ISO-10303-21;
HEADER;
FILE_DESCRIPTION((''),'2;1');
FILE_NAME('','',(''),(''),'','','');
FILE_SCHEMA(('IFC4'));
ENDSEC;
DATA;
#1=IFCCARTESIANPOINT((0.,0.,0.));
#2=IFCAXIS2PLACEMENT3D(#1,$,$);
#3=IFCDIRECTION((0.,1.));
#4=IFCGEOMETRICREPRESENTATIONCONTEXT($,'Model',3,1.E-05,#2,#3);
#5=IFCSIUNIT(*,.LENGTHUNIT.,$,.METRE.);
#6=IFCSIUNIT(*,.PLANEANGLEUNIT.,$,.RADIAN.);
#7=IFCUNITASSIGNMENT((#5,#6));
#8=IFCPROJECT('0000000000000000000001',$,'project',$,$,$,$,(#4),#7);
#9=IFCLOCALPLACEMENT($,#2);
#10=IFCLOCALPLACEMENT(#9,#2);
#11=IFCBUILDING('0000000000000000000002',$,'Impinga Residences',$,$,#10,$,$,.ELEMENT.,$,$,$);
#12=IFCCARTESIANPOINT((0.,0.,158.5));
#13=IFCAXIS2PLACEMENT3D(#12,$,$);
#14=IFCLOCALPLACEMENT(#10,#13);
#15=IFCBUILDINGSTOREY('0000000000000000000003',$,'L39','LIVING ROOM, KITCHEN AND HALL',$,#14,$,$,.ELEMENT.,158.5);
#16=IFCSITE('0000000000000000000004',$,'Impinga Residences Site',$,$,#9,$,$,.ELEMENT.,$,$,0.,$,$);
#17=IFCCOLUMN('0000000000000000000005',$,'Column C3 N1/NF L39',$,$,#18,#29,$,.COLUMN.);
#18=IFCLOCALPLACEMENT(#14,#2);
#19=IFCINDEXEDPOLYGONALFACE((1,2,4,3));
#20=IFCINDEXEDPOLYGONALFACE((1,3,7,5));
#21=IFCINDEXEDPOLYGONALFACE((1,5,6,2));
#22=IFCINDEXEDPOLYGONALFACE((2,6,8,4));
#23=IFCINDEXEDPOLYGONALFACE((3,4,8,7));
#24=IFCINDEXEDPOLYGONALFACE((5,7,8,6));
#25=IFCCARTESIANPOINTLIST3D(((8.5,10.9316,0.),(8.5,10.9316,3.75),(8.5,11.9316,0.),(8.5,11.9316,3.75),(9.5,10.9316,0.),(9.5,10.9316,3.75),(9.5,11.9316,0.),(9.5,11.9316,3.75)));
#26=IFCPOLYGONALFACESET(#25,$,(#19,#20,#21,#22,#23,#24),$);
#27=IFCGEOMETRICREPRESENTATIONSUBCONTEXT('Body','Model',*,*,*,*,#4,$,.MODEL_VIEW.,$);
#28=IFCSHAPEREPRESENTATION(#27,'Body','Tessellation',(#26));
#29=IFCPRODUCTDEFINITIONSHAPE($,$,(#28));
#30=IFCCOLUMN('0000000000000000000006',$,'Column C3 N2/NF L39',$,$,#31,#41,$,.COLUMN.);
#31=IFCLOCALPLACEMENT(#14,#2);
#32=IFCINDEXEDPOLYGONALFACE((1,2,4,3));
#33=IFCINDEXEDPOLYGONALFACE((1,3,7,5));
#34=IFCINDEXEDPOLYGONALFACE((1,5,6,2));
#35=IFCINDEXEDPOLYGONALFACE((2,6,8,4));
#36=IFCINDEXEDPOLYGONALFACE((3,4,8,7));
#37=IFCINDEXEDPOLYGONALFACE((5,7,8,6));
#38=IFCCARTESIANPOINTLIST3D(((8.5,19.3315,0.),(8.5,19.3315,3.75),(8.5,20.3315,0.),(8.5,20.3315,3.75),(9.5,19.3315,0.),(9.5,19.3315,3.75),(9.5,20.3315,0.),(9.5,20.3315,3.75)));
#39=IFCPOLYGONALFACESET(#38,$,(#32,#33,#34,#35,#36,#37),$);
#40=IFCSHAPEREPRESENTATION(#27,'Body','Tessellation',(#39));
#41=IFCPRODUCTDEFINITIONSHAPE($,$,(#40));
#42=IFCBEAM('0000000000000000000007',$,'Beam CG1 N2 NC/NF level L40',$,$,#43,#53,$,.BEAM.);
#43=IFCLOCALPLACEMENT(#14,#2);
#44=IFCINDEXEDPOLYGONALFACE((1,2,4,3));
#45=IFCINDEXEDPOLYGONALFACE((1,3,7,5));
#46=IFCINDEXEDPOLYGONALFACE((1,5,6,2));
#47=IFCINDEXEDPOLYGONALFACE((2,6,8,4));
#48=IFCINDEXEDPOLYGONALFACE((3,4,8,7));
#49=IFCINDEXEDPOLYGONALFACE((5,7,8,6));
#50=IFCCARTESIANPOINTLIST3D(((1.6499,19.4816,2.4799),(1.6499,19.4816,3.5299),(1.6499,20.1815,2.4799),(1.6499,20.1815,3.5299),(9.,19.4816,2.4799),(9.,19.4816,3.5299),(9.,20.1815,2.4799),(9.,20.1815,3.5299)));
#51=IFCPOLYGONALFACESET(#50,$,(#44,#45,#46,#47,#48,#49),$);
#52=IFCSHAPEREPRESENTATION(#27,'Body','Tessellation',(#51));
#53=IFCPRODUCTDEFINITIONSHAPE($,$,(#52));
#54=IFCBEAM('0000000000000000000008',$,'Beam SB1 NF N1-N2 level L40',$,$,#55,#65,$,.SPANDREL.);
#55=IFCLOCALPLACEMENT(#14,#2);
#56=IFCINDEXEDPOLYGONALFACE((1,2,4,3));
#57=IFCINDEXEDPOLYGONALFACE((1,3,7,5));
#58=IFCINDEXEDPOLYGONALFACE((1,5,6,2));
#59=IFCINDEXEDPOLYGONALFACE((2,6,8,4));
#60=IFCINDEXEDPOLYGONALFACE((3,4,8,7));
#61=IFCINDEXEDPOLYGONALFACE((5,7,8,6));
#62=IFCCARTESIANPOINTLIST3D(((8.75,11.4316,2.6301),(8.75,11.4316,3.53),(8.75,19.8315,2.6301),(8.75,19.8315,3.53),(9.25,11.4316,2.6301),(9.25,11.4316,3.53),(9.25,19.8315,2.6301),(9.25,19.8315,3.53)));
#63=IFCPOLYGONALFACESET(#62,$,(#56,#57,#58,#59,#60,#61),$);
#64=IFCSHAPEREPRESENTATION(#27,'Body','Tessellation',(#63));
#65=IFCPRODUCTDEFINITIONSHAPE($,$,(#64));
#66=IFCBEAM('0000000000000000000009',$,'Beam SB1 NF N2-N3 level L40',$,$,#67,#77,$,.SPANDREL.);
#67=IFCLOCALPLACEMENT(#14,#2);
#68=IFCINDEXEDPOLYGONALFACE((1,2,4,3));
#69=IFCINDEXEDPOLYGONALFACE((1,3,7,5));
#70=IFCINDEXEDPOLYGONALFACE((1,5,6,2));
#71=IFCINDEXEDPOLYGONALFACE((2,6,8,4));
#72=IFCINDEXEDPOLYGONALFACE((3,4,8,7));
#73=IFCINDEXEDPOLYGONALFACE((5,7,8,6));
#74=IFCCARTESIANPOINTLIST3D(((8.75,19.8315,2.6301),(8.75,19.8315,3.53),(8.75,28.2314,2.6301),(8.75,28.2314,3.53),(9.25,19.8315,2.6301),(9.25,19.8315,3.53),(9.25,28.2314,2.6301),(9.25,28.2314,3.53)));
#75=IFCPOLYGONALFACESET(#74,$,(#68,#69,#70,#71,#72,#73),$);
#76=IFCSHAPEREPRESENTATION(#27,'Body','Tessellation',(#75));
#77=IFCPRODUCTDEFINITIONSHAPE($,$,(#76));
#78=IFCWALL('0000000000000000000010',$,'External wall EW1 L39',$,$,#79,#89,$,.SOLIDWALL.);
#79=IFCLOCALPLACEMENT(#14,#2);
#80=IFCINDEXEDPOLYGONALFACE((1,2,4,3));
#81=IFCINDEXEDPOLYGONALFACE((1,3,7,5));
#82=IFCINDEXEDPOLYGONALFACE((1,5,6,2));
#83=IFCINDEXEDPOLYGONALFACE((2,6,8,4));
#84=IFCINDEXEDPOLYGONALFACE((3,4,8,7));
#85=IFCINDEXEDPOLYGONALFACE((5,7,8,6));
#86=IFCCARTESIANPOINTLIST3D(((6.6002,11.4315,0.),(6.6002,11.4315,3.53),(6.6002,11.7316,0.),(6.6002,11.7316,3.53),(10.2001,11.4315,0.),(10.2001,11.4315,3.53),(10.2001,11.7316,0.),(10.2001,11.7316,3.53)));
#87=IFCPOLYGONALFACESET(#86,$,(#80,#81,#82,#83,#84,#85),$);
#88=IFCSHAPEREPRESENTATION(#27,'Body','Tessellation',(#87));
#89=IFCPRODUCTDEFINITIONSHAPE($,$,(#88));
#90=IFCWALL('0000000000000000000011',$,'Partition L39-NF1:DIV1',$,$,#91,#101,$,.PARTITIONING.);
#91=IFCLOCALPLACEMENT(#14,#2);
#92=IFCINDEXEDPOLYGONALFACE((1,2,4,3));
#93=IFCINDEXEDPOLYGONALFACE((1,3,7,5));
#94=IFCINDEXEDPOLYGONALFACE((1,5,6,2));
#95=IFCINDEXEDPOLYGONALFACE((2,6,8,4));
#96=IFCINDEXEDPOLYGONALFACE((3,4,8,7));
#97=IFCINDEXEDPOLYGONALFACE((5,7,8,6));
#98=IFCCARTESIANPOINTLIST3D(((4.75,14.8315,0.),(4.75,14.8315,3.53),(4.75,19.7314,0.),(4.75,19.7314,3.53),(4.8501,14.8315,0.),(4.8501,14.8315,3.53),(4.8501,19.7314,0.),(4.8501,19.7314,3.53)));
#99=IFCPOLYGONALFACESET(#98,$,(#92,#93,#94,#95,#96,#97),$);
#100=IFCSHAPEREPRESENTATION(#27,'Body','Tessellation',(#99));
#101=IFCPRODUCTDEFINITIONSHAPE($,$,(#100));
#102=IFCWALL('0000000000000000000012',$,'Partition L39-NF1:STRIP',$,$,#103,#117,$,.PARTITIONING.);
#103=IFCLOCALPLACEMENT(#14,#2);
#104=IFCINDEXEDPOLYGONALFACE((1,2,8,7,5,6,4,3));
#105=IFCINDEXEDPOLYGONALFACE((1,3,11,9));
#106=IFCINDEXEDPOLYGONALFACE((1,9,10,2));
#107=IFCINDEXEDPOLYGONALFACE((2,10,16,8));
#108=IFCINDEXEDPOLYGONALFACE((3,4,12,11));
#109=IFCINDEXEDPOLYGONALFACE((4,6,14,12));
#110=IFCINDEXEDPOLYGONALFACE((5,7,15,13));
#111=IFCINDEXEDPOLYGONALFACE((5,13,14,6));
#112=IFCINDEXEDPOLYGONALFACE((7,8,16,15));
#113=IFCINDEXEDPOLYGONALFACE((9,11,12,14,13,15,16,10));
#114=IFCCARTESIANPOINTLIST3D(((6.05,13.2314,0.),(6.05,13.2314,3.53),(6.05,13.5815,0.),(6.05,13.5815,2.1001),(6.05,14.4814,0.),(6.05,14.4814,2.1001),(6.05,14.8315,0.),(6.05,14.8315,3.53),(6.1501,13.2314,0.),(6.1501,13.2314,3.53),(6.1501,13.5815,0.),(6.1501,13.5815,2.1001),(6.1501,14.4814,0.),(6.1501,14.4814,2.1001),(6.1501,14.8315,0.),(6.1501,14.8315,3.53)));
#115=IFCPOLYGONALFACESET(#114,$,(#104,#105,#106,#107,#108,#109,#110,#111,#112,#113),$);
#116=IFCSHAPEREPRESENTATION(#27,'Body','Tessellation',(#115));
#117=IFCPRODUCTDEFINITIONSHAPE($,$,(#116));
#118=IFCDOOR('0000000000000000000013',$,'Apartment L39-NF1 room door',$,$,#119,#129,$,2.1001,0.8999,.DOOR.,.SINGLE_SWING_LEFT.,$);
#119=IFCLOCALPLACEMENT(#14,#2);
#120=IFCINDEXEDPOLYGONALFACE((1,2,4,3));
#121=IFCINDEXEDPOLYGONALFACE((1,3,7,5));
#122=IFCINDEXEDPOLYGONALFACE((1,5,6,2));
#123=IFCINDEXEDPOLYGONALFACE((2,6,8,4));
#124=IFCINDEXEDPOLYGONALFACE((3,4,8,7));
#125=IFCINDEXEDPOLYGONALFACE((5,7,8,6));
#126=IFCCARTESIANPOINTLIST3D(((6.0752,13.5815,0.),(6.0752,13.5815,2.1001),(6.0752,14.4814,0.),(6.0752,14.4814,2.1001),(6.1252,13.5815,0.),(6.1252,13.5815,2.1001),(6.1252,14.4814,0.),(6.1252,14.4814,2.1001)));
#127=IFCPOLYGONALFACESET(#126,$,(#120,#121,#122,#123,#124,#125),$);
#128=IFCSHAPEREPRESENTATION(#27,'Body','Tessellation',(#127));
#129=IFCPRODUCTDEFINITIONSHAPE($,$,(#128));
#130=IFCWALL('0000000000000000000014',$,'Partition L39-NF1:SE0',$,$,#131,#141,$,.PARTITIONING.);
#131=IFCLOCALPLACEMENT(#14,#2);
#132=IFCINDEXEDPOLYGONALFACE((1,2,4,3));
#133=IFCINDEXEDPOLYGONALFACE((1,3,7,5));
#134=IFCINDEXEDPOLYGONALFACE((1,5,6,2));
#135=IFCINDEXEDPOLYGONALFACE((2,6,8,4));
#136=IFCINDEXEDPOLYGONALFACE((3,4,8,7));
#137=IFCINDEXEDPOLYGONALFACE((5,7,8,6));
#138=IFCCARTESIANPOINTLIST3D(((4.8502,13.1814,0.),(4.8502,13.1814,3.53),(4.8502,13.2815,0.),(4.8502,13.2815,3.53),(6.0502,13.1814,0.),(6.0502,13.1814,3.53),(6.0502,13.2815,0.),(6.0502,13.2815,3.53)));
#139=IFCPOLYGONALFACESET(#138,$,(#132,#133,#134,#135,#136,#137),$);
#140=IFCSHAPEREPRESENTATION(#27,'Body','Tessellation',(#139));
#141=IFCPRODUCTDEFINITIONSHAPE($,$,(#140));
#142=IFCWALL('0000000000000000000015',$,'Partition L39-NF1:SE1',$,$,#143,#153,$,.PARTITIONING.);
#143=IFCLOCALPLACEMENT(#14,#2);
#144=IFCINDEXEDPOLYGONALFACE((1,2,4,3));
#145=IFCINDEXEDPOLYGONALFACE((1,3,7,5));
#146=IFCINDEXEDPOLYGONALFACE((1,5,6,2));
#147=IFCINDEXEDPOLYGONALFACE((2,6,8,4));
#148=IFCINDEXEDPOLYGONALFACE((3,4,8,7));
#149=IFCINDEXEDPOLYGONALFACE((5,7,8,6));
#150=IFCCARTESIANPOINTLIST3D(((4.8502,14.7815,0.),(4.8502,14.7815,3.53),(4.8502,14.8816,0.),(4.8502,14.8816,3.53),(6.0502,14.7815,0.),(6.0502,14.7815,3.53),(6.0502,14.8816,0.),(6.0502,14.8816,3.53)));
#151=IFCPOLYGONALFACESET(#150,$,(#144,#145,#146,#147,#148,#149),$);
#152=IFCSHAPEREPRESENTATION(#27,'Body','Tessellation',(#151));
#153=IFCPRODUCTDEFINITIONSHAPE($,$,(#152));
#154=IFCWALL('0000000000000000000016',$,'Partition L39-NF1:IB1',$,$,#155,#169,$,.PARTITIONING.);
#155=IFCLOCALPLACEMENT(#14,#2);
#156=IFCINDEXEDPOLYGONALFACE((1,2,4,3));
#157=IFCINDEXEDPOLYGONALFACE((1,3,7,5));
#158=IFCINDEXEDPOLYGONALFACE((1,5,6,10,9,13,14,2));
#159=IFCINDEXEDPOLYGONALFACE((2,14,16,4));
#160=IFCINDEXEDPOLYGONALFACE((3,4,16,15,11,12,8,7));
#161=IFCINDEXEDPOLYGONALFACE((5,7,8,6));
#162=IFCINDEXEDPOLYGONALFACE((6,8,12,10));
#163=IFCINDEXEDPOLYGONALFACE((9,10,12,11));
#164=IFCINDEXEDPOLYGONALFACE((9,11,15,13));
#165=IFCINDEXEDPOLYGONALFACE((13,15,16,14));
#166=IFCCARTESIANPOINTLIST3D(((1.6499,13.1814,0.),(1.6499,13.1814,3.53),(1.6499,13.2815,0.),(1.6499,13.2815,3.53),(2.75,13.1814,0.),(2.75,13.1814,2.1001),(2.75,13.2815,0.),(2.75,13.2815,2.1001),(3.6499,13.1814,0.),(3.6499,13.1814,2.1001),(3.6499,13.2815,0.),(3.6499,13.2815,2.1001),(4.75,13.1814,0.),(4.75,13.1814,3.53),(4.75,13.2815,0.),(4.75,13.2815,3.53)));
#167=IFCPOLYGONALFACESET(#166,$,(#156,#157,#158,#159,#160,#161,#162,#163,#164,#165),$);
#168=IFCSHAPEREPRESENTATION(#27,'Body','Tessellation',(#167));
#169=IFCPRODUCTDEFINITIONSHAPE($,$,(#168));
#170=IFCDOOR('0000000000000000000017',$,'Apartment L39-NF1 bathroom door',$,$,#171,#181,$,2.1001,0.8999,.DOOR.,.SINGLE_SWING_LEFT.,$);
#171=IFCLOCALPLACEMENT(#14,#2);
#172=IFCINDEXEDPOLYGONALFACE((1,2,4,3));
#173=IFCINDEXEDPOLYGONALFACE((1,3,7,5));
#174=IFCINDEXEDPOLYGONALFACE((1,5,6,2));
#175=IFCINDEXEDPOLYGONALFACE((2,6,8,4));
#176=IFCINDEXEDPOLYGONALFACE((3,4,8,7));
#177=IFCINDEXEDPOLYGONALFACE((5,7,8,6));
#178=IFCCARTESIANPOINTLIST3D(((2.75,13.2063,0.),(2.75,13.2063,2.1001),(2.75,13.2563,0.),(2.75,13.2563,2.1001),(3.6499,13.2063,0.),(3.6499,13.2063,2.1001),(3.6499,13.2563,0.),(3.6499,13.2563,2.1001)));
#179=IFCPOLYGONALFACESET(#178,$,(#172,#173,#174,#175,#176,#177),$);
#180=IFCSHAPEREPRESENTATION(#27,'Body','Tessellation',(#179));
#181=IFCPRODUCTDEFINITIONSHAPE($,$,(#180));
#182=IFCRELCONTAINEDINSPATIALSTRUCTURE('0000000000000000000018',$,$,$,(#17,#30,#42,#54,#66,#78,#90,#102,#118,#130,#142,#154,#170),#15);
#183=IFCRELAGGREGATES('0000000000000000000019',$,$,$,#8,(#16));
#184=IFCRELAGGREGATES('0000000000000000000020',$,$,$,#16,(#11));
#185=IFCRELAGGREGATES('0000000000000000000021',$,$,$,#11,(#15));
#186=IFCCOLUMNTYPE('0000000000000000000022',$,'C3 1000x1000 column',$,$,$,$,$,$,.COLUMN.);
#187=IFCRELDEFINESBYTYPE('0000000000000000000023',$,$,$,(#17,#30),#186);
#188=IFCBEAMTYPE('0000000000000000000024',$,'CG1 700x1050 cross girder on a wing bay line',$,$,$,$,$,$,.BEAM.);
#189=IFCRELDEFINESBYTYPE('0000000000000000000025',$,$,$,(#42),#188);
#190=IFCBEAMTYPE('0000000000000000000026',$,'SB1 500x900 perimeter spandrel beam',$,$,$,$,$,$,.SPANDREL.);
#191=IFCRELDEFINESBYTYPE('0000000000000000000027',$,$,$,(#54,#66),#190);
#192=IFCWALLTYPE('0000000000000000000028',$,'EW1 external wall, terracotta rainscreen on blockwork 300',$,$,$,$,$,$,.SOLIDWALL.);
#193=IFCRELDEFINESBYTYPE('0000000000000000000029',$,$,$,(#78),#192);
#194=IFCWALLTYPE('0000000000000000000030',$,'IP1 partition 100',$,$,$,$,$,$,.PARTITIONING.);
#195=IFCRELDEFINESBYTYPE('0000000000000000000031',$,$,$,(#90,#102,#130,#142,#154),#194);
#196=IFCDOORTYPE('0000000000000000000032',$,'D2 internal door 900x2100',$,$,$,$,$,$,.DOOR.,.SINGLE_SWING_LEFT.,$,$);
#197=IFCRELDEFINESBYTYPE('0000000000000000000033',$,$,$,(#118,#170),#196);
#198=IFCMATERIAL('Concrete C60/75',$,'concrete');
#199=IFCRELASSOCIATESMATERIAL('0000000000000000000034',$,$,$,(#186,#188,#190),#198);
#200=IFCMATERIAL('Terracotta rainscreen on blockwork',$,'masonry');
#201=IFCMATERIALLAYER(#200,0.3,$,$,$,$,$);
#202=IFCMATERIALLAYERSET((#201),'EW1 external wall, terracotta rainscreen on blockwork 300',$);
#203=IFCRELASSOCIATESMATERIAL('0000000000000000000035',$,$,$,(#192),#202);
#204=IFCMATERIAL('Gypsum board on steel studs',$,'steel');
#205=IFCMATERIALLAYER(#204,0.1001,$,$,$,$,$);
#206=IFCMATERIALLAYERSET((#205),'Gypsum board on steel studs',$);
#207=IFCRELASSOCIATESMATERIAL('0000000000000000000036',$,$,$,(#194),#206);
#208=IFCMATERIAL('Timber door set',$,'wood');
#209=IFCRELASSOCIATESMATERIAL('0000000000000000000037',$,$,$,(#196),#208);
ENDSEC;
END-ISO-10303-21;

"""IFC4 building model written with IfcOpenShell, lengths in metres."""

from ifc_helpers import new_model, si_unit, direction, frame, frame_2d, origin, origin_2d, place, context, subcontext, project, spatial, rectangle, extrude, material, layer, layer_set, material_profile, profile_set, type_object, element, fill, save


model = new_model("IFC4")

# Units and contexts
model_context = context("Model", 3, precision=1e-05, world=origin(), true_north=direction((0.0, 1.0)))
body_context = subcontext(model_context, "Body", "Model", "MODEL_VIEW")
ifc_project = project(units=[si_unit("LENGTHUNIT", "METRE"), si_unit("PLANEANGLEUNIT", "RADIAN")], contexts=[model_context])

# Site, building, storey
site_placement = place(None, origin())
site = spatial("IfcSite", under=ifc_project, at=site_placement, Name="Impinga Residences Site", CompositionType="ELEMENT", RefElevation=0.0)
building_placement = place(site_placement, origin())
building = spatial("IfcBuilding", under=site, at=building_placement, Name="Impinga Residences", CompositionType="ELEMENT")
storey_placement = place(building_placement, frame((0.0, 0.0, 158.5)))
storey = spatial("IfcBuildingStorey", under=building, at=storey_placement, Name="L39", Description="LIVING ROOM, KITCHEN AND HALL", CompositionType="ELEMENT", Elevation=158.5)

# Columns
ifc_material_1 = material(Name="Concrete C60/75", Category="concrete")
ifc_material_profile_1 = material_profile(ifc_material_1, rectangle(XDim=1.0, YDim=1.0, at=origin_2d()), Name="RC 1000x1000")
ifc_profile_set_1 = profile_set([ifc_material_profile_1], Name="Concrete C60/75")
column_type = type_object("IfcColumnType", Name="C3 1000x1000 column", PredefinedType="COLUMN", material=ifc_profile_set_1)
for number, where, z_axis, x_axis, name in (
    (1, (9.0, 11.4316, 0.0), (0.0, 0.0, 1.0), (1.0, 0.0, 0.0), "Column C3 N1/NF L39"),
    (2, (9.0, 19.8315, 0.0), (0.0, 0.0, 1.0), (1.0, 0.0, 0.0), "Column C3 N2/NF L39"),
):
    element("IfcColumn", number, at=place(storey_placement, frame(where, z_axis=z_axis, x_axis=x_axis)), inside=storey, type_object=column_type, Name=name, PredefinedType="COLUMN", context=body_context, shape_type="SweptSolid", body=[
        extrude(rectangle(XDim=1.0, YDim=1.0, at=origin_2d()), origin(), (0.0, 0.0, 1.0), 3.75),
    ])

# Beams
ifc_material_profile_2 = material_profile(ifc_material_1, rectangle(XDim=0.7, YDim=1.05, at=origin_2d()), Name="RC 700x1050")
ifc_profile_set_2 = profile_set([ifc_material_profile_2], Name="Concrete C60/75")
beam_type_1 = type_object("IfcBeamType", Name="CG1 700x1050 cross girder on a wing bay line", PredefinedType="BEAM", material=ifc_profile_set_2)
beam_placement = place(storey_placement, frame((1.6499, 19.8315, 3.0049), z_axis=(1.0, 0.0, 0.0), x_axis=(0.0, 1.0, 0.0)))
element("IfcBeam", 3, at=beam_placement, inside=storey, type_object=beam_type_1, Name="Beam CG1 N2 NC/NF level L40", PredefinedType="BEAM", context=body_context, shape_type="SweptSolid", body=[
    extrude(rectangle(XDim=0.7, YDim=1.05, at=origin_2d()), origin(), (0.0, 0.0, 1.0), 7.3501),
])
ifc_material_profile_3 = material_profile(ifc_material_1, rectangle(XDim=0.5, YDim=0.8999, at=origin_2d()), Name="RC 500x900")
ifc_profile_set_3 = profile_set([ifc_material_profile_3], Name="Concrete C60/75")
beam_type_2 = type_object("IfcBeamType", Name="SB1 500x900 perimeter spandrel beam", PredefinedType="SPANDREL", material=ifc_profile_set_3)
for number, where, z_axis, x_axis, name in (
    (4, (9.0, 11.4316, 3.0801), (0.0, 1.0, 0.0), (-1.0, 0.0, 0.0), "Beam SB1 NF N1-N2 level L40"),
    (5, (9.0, 19.8315, 3.0801), (0.0, 1.0, 0.0), (-1.0, 0.0, 0.0), "Beam SB1 NF N2-N3 level L40"),
):
    element("IfcBeam", number, at=place(storey_placement, frame(where, z_axis=z_axis, x_axis=x_axis)), inside=storey, type_object=beam_type_2, Name=name, PredefinedType="SPANDREL", context=body_context, shape_type="SweptSolid", body=[
        extrude(rectangle(XDim=0.5, YDim=0.8999, at=origin_2d()), origin(), (0.0, 0.0, 1.0), 8.3999),
    ])

# Walls
ifc_material_2 = material(Name="Terracotta rainscreen on blockwork", Category="masonry")
ifc_layer_1 = layer(ifc_material_2, 0.3)
ifc_layer_set_1 = layer_set([ifc_layer_1], Name="EW1 external wall, terracotta rainscreen on blockwork 300")
wall_type_1 = type_object("IfcWallType", Name="EW1 external wall, terracotta rainscreen on blockwork 300", PredefinedType="SOLIDWALL", material=ifc_layer_set_1)
wall_1_placement = place(storey_placement, frame((10.2, 11.5815, 0.0), z_axis=(0.0, 0.0, 1.0), x_axis=(-1.0, 0.0, 0.0)))
element("IfcWall", 6, at=wall_1_placement, inside=storey, type_object=wall_type_1, Name="External wall EW1 L39", PredefinedType="SOLIDWALL", context=body_context, shape_type="SweptSolid", body=[
    extrude(rectangle(XDim=3.5999, YDim=0.3, at=frame_2d((1.7998, 0.0))), origin(), (0.0, 0.0, 1.0), 3.53),
])
ifc_material_3 = material(Name="Gypsum board on steel studs", Category="steel")
ifc_layer_2 = layer(ifc_material_3, 0.1001)
ifc_layer_set_2 = layer_set([ifc_layer_2], Name="Gypsum board on steel studs")
wall_type_2 = type_object("IfcWallType", Name="IP1 partition 100", PredefinedType="PARTITIONING", material=ifc_layer_set_2)
wall_2_placement = place(storey_placement, frame((4.8, 14.8315, 0.0), z_axis=(0.0, 0.0, 1.0), x_axis=(0.0, 1.0, 0.0)))
element("IfcWall", 7, at=wall_2_placement, inside=storey, type_object=wall_type_2, Name="Partition L39-NF1:DIV1", PredefinedType="PARTITIONING", context=body_context, shape_type="SweptSolid", body=[
    extrude(rectangle(XDim=4.8999, YDim=0.1001, at=frame_2d((2.45, 0.0))), origin(), (0.0, 0.0, 1.0), 3.53),
])

# Wall, opening, door
wall_3_placement = place(storey_placement, frame((6.1001, 13.2314, 0.0), z_axis=(0.0, 0.0, 1.0), x_axis=(0.0, 1.0, 0.0)))
wall_3 = element("IfcWall", 8, at=wall_3_placement, inside=storey, type_object=wall_type_2, Name="Partition L39-NF1:STRIP", PredefinedType="PARTITIONING", context=body_context, shape_type="SweptSolid", body=[
    extrude(rectangle(XDim=1.6001, YDim=0.1001, at=frame_2d((0.8, 0.0))), origin(), (0.0, 0.0, 1.0), 3.53),
])
opening_1_placement = place(wall_3_placement, frame((0.3501, 0.0, 0.0)))
opening_1 = element("IfcOpeningElement", 9, at=opening_1_placement, cuts=wall_3, PredefinedType="OPENING", context=body_context, shape_type="SweptSolid", body=[
    extrude(rectangle(XDim=0.8999, YDim=2.1001, at=frame_2d((0.45, 1.05))), frame((0.0, 0.0601, 0.0), z_axis=(0.0, -1.0, 0.0), x_axis=(1.0, 0.0, 0.0)), (0.0, 0.0, 1.0), 0.1201),
])
ifc_material_4 = material(Name="Timber door set", Category="wood")
door_type = type_object("IfcDoorType", Name="D2 internal door 900x2100", OperationType="SINGLE_SWING_LEFT", PredefinedType="DOOR", material=ifc_material_4)
door_1_placement = place(opening_1_placement, origin())
door_1 = element("IfcDoor", 10, at=door_1_placement, inside=storey, type_object=door_type, Name="Apartment L39-NF1 room door", OperationType="SINGLE_SWING_LEFT", OverallHeight=2.1001, OverallWidth=0.8999, PredefinedType="DOOR", context=body_context, shape_type="SweptSolid", body=[
    extrude(rectangle(XDim=0.8999, YDim=2.1001, at=frame_2d((0.45, 1.05))), frame((0.0, 0.0249, 0.0), z_axis=(0.0, -1.0, 0.0), x_axis=(1.0, 0.0, 0.0)), (0.0, 0.0, 1.0), 0.05),
])
fill(opening_1, door_1)

# Walls
for number, where, z_axis, x_axis, name in (
    (11, (4.8501, 13.2314, 0.0), (0.0, 0.0, 1.0), (1.0, 0.0, 0.0), "Partition L39-NF1:SE0"),
    (12, (4.8501, 14.8315, 0.0), (0.0, 0.0, 1.0), (1.0, 0.0, 0.0), "Partition L39-NF1:SE1"),
):
    element("IfcWall", number, at=place(storey_placement, frame(where, z_axis=z_axis, x_axis=x_axis)), inside=storey, type_object=wall_type_2, Name=name, PredefinedType="PARTITIONING", context=body_context, shape_type="SweptSolid", body=[
        extrude(rectangle(XDim=1.2, YDim=0.1001, at=frame_2d((0.6001, 0.0))), origin(), (0.0, 0.0, 1.0), 3.53),
    ])

# Wall, opening, door
wall_4_placement = place(storey_placement, frame((1.6499, 13.2314, 0.0), z_axis=(0.0, 0.0, 1.0), x_axis=(1.0, 0.0, 0.0)))
wall_4 = element("IfcWall", 13, at=wall_4_placement, inside=storey, type_object=wall_type_2, Name="Partition L39-NF1:IB1", PredefinedType="PARTITIONING", context=body_context, shape_type="SweptSolid", body=[
    extrude(rectangle(XDim=3.1001, YDim=0.1001, at=frame_2d((1.55, 0.0))), origin(), (0.0, 0.0, 1.0), 3.53),
])
opening_2_placement = place(wall_4_placement, frame((1.1001, 0.0, 0.0)))
opening_2 = element("IfcOpeningElement", 14, at=opening_2_placement, cuts=wall_4, PredefinedType="OPENING", context=body_context, shape_type="SweptSolid", body=[
    extrude(rectangle(XDim=0.8999, YDim=2.1001, at=frame_2d((0.45, 1.05))), frame((0.0, 0.0601, 0.0), z_axis=(0.0, -1.0, 0.0), x_axis=(1.0, 0.0, 0.0)), (0.0, 0.0, 1.0), 0.1201),
])
door_2_placement = place(opening_2_placement, origin())
door_2 = element("IfcDoor", 15, at=door_2_placement, inside=storey, type_object=door_type, Name="Apartment L39-NF1 bathroom door", OperationType="SINGLE_SWING_LEFT", OverallHeight=2.1001, OverallWidth=0.8999, PredefinedType="DOOR", context=body_context, shape_type="SweptSolid", body=[
    extrude(rectangle(XDim=0.8999, YDim=2.1001, at=frame_2d((0.45, 1.05))), frame((0.0, 0.0249, 0.0), z_axis=(0.0, -1.0, 0.0), x_axis=(1.0, 0.0, 0.0)), (0.0, 0.0, 1.0), 0.05),
])
fill(opening_2, door_2)

save(model, "model.ifc")
